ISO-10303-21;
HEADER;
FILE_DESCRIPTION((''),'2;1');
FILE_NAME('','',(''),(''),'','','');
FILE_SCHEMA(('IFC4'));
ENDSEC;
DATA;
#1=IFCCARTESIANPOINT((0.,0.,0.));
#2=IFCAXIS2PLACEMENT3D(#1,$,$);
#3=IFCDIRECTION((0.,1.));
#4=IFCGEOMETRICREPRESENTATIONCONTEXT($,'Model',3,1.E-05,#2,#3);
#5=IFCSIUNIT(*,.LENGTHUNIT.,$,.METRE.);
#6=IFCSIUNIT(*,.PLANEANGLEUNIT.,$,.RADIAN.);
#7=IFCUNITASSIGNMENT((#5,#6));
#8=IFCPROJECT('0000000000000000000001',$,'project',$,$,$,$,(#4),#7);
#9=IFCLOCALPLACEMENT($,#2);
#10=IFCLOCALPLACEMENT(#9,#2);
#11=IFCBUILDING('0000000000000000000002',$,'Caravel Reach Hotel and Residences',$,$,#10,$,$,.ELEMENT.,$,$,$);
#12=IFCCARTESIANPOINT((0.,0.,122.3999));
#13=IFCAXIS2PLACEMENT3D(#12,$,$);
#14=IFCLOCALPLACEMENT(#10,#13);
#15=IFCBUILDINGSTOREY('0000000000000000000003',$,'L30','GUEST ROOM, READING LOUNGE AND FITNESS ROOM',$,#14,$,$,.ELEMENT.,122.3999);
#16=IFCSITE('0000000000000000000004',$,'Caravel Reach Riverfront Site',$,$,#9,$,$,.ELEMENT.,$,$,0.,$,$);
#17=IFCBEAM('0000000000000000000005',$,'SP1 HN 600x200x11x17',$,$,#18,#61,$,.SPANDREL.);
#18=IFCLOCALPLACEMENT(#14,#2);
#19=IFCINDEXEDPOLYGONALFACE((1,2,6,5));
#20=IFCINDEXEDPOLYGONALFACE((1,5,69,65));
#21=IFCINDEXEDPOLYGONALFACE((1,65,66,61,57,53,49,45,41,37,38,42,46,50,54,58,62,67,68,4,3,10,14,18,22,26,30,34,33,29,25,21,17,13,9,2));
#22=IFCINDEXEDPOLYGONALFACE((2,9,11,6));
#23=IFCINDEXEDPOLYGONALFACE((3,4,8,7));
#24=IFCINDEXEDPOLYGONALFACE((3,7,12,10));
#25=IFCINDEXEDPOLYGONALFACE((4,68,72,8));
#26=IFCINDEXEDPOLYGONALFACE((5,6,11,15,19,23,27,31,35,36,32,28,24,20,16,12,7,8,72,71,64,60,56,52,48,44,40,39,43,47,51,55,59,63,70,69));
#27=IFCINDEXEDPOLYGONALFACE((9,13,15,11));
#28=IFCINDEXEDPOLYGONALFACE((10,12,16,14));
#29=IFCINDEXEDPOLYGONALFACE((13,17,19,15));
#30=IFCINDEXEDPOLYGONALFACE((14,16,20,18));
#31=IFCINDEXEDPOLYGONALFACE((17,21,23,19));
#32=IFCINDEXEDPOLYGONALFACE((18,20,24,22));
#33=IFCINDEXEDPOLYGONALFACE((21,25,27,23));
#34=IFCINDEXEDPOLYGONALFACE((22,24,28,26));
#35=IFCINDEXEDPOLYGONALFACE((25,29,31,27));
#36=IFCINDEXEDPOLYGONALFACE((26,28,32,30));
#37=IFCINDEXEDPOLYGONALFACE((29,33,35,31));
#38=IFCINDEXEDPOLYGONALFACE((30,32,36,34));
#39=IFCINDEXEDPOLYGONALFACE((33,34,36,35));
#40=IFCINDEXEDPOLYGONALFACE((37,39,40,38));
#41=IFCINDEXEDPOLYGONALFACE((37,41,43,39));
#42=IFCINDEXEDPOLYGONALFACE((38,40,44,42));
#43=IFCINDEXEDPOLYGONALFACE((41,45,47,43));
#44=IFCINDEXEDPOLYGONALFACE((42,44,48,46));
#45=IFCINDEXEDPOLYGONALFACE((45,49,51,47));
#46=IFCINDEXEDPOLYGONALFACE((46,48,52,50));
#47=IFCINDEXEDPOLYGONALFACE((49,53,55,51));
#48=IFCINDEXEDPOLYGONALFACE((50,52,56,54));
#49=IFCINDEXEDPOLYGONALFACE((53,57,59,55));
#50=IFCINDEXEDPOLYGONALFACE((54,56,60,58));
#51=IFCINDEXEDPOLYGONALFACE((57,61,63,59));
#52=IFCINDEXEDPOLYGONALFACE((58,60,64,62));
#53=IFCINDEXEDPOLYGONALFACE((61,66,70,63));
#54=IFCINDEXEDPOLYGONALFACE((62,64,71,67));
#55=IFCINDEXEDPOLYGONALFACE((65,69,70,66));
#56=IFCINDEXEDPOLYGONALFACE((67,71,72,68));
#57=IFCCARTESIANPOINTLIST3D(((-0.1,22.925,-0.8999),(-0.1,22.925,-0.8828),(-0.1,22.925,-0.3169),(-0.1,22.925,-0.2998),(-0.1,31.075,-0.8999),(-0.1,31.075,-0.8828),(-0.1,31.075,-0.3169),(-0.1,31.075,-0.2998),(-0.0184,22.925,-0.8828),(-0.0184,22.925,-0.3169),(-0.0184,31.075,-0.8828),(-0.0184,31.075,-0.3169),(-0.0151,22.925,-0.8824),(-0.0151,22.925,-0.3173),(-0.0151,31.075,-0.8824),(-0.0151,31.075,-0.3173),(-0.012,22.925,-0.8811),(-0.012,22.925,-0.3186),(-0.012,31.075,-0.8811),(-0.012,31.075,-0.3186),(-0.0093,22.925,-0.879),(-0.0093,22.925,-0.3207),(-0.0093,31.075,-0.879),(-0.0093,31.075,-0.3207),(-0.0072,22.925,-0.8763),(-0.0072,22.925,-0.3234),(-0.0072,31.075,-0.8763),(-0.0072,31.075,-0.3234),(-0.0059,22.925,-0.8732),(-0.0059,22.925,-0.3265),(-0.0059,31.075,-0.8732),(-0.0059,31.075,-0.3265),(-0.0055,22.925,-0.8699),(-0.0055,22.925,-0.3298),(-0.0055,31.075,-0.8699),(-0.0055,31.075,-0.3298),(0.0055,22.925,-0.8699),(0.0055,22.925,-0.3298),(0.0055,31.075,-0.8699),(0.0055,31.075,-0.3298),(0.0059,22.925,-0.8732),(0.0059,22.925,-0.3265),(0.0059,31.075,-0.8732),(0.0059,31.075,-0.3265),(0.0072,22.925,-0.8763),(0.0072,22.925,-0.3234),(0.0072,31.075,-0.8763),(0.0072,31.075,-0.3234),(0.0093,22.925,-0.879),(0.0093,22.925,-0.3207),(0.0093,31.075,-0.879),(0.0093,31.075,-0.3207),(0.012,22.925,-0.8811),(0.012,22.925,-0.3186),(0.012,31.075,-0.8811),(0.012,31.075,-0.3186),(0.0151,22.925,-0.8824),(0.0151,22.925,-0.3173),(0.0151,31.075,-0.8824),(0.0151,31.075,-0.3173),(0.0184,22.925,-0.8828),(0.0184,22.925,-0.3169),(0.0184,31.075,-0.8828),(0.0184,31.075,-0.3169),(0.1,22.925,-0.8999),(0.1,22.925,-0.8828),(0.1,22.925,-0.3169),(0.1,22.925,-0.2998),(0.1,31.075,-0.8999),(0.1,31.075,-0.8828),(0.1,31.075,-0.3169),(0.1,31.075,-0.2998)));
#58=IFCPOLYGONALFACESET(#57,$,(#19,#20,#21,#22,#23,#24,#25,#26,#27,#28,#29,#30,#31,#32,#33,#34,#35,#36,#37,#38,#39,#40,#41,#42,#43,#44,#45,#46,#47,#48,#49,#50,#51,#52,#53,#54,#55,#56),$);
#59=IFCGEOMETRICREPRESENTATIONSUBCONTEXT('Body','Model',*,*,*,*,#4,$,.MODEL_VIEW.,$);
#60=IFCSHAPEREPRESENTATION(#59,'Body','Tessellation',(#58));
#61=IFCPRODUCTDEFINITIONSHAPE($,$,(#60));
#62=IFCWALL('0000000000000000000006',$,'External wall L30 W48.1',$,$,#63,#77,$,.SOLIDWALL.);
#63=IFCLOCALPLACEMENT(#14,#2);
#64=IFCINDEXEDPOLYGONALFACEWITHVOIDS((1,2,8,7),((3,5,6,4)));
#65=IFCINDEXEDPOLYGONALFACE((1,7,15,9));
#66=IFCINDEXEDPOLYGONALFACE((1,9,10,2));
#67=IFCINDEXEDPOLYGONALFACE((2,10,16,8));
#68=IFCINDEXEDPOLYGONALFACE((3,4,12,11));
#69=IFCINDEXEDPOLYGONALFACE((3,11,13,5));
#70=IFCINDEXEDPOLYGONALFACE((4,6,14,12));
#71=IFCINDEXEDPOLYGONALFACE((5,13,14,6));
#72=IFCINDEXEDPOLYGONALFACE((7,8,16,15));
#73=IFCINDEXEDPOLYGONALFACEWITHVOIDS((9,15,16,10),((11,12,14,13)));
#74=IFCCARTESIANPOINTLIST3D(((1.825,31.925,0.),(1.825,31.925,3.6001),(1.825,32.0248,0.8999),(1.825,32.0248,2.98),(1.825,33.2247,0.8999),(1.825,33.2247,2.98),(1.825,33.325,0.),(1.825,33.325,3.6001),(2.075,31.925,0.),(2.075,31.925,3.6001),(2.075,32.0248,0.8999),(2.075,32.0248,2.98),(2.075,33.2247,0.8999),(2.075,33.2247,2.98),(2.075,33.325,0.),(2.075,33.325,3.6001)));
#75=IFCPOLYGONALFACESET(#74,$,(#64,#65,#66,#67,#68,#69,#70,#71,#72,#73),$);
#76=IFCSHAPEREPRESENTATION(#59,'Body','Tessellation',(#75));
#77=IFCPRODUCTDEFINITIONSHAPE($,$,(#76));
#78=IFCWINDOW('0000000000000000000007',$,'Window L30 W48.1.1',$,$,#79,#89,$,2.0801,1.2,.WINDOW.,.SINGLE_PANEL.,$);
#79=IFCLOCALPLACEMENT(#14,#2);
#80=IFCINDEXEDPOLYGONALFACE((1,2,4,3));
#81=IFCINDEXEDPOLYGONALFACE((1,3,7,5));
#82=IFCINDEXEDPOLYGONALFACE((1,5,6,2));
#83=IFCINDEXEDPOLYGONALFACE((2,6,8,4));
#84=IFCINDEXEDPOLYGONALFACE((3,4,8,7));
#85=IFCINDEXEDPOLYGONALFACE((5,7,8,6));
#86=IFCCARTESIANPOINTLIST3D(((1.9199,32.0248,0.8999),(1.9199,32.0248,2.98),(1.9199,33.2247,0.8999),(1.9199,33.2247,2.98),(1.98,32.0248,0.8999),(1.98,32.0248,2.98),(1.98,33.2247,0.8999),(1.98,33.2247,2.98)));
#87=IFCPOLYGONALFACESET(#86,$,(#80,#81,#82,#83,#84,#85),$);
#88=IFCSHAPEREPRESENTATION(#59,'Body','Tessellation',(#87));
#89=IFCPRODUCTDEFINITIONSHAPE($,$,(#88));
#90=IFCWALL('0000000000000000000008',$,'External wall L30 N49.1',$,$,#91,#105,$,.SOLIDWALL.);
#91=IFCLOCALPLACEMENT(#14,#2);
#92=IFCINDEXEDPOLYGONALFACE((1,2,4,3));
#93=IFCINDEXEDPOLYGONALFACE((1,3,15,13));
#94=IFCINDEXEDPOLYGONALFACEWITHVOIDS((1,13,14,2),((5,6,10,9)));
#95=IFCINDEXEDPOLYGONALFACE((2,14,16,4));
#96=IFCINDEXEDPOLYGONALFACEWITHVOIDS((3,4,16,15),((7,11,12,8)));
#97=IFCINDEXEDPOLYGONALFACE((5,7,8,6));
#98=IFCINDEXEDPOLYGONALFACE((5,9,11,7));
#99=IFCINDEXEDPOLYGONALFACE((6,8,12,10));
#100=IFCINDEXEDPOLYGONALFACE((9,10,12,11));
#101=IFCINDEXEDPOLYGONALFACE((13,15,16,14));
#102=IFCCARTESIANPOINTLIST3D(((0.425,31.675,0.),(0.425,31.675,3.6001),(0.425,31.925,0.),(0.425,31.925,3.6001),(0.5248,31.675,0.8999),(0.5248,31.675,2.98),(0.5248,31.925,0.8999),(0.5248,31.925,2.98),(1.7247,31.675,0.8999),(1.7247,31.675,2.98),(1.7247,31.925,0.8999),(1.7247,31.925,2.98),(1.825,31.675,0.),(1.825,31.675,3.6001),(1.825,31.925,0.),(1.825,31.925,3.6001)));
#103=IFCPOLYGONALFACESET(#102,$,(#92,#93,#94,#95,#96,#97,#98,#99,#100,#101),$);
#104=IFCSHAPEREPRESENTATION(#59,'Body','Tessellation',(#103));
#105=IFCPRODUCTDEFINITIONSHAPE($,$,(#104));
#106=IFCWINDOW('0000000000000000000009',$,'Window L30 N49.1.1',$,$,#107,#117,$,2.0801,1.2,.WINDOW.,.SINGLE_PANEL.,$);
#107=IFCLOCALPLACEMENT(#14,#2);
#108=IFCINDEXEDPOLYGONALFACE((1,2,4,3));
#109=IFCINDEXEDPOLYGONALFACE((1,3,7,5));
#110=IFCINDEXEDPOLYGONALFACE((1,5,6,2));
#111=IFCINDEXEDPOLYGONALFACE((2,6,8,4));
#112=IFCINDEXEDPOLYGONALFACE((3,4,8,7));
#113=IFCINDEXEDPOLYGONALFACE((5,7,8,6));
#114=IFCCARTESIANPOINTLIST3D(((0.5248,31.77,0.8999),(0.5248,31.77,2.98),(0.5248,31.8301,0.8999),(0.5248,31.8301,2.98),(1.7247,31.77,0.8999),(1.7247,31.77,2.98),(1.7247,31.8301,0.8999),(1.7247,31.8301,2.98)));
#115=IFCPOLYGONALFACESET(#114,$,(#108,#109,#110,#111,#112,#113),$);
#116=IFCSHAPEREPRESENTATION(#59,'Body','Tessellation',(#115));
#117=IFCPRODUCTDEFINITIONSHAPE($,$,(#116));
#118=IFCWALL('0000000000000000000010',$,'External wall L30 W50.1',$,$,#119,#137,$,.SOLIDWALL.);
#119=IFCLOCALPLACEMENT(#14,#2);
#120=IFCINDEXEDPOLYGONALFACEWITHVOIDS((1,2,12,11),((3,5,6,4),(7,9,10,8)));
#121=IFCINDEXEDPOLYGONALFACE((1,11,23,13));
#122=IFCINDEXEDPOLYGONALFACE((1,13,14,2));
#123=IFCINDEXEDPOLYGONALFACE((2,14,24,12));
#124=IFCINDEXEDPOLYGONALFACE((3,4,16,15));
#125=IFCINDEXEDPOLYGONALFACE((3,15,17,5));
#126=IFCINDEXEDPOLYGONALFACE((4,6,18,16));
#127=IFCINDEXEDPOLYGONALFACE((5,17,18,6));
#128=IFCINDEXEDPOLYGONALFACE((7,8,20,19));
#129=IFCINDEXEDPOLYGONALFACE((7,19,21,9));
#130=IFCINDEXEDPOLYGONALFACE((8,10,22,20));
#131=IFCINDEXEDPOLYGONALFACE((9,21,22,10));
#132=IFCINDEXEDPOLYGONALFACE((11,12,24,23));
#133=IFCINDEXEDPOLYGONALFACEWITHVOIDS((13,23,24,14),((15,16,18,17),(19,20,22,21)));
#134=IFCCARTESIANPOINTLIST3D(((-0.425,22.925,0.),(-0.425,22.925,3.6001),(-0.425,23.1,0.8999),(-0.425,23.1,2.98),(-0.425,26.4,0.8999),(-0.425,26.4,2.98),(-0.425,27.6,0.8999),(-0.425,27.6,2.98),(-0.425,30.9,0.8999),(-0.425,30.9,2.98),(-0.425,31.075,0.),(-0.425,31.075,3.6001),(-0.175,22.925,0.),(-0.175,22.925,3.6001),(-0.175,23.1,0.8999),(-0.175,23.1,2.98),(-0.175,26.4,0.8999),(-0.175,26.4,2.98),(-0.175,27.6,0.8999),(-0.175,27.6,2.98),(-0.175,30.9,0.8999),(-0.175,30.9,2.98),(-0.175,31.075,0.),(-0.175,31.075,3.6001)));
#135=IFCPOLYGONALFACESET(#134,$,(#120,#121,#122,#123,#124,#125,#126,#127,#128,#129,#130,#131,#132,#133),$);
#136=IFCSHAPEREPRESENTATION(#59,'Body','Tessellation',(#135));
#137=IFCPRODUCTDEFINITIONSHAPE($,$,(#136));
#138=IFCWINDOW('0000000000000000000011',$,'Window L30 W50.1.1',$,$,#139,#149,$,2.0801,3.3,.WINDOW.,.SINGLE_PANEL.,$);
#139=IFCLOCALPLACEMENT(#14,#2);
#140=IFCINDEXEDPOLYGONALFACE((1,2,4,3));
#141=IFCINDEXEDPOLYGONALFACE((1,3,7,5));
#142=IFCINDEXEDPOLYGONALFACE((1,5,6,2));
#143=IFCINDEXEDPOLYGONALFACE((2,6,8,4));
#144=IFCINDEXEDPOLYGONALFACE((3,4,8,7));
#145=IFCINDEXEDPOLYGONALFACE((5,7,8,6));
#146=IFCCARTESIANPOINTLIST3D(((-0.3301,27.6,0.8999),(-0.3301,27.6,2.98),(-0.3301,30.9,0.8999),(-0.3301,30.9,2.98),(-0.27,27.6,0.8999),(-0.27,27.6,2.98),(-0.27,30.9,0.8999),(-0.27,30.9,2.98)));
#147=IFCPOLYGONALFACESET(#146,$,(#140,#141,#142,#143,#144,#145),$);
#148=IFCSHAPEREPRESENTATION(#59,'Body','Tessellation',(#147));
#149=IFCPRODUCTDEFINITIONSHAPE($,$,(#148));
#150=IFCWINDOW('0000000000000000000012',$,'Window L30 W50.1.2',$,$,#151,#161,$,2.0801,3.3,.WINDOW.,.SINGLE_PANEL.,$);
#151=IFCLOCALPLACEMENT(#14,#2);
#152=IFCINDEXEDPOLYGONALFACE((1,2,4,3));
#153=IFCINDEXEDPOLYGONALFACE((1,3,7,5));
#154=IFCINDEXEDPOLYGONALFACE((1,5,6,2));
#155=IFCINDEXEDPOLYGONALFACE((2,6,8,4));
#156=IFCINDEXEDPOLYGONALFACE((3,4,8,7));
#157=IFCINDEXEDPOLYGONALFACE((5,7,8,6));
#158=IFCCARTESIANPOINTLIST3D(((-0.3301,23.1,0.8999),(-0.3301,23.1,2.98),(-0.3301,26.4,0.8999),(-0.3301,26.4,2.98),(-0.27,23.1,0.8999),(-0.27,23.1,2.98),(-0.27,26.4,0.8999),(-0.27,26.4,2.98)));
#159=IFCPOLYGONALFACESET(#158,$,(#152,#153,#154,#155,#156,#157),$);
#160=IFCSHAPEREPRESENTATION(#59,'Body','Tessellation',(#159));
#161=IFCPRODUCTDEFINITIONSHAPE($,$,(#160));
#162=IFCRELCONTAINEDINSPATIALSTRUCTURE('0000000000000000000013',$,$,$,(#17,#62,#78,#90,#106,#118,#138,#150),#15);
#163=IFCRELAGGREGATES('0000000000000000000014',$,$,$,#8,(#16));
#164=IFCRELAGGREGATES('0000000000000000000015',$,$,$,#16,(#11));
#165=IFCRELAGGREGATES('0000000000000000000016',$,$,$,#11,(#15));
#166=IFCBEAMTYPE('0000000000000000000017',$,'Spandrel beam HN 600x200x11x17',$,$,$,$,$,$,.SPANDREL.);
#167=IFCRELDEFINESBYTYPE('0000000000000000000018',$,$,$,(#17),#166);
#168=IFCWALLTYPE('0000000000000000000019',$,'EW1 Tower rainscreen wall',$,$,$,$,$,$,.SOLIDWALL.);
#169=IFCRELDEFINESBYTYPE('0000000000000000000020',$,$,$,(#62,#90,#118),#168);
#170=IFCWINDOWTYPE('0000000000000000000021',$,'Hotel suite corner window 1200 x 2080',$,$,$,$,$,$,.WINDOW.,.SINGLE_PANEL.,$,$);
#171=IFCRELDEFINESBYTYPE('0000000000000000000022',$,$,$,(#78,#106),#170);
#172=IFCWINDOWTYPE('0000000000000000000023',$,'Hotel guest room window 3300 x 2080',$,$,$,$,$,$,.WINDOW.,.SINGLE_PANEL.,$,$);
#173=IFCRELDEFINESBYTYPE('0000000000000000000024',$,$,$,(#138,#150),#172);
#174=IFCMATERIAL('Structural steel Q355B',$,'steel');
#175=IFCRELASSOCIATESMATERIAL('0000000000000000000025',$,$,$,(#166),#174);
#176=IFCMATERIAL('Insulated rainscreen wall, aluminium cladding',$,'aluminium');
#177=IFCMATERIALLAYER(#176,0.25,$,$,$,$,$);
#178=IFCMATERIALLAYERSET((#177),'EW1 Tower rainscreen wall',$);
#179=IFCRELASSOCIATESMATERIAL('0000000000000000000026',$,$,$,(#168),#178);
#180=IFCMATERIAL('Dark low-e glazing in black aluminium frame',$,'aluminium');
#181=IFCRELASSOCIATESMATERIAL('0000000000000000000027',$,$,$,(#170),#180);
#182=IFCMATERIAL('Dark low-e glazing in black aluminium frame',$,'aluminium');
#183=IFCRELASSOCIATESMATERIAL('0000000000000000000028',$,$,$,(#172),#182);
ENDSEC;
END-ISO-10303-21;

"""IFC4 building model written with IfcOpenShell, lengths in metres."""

from ifc_helpers import new_model, si_unit, direction, frame, frame_2d, origin, origin_2d, place, context, subcontext, project, spatial, rectangle, i_section, extrude, material, layer, layer_set, material_profile, profile_set, type_object, element, fill, save


model = new_model("IFC4")

# Units and contexts
model_context = context("Model", 3, precision=1e-05, world=origin(), true_north=direction((0.0, 1.0)))
body_context = subcontext(model_context, "Body", "Model", "MODEL_VIEW")
ifc_project = project(units=[si_unit("LENGTHUNIT", "METRE"), si_unit("PLANEANGLEUNIT", "RADIAN")], contexts=[model_context])

# Site, building, storey
site_placement = place(None, origin())
site = spatial("IfcSite", under=ifc_project, at=site_placement, Name="Caravel Reach Riverfront Site", CompositionType="ELEMENT", RefElevation=0.0)
building_placement = place(site_placement, origin())
building = spatial("IfcBuilding", under=site, at=building_placement, Name="Caravel Reach Hotel and Residences", CompositionType="ELEMENT")
storey_placement = place(building_placement, frame((0.0, 0.0, 122.3999)))
storey = spatial("IfcBuildingStorey", under=building, at=storey_placement, Name="L30", Description="GUEST ROOM, READING LOUNGE AND FITNESS ROOM", CompositionType="ELEMENT", Elevation=122.3999)

# Beam
ifc_material_1 = material(Name="Structural steel Q355B", Category="steel")
ifc_material_profile_1 = material_profile(ifc_material_1, i_section(OverallWidth=0.2, OverallDepth=0.6001, WebThickness=0.011, FlangeThickness=0.0171, FilletRadius=0.0129, at=origin_2d()), Name="HN 600x200x11x17")
ifc_profile_set_1 = profile_set([ifc_material_profile_1], Name="Structural steel Q355B")
beam_type = type_object("IfcBeamType", Name="Spandrel beam HN 600x200x11x17", PredefinedType="SPANDREL", material=ifc_profile_set_1)
beam_placement = place(storey_placement, frame((0.0, 31.075, -0.5999), z_axis=(0.0, -1.0, 0.0), x_axis=(1.0, 0.0, 0.0)))
element("IfcBeam", 1, at=beam_placement, inside=storey, type_object=beam_type, Name="SP1 HN 600x200x11x17", PredefinedType="SPANDREL", context=body_context, shape_type="SweptSolid", body=[
    extrude(i_section(OverallWidth=0.2, OverallDepth=0.6001, WebThickness=0.011, FlangeThickness=0.0171, FilletRadius=0.0129, at=origin_2d()), origin(), (0.0, 0.0, 1.0), 8.1499),
])

# Walls, openings, windows
ifc_material_2 = material(Name="Insulated rainscreen wall, aluminium cladding", Category="aluminium")
ifc_layer = layer(ifc_material_2, 0.25)
ifc_layer_set = layer_set([ifc_layer], Name="EW1 Tower rainscreen wall")
wall_type = type_object("IfcWallType", Name="EW1 Tower rainscreen wall", PredefinedType="SOLIDWALL", material=ifc_layer_set)
wall_1_placement = place(storey_placement, frame((1.95, 33.325, 0.0), z_axis=(0.0, 0.0, 1.0), x_axis=(0.0, -1.0, 0.0)))
wall_1 = element("IfcWall", 2, at=wall_1_placement, inside=storey, type_object=wall_type, Name="External wall L30 W48.1", PredefinedType="SOLIDWALL", context=body_context, shape_type="SweptSolid", body=[
    extrude(rectangle(XDim=1.3999, YDim=0.25, at=frame_2d((0.7, 0.0))), origin(), (0.0, 0.0, 1.0), 3.6001),
])
opening_1_placement = place(wall_1_placement, frame((0.1001, 0.0, 0.8999)))
opening_1 = element("IfcOpeningElement", 3, at=opening_1_placement, cuts=wall_1, PredefinedType="OPENING", context=body_context, shape_type="SweptSolid", body=[
    extrude(rectangle(XDim=1.2, YDim=2.0801, at=frame_2d((0.6001, 1.04))), frame((0.0, 0.135, 0.0), z_axis=(0.0, -1.0, 0.0), x_axis=(1.0, 0.0, 0.0)), (0.0, 0.0, 1.0), 0.27),
])
ifc_material_3 = material(Name="Dark low-e glazing in black aluminium frame", Category="aluminium")
window_type_1 = type_object("IfcWindowType", Name="Hotel suite corner window 1200 x 2080", PartitioningType="SINGLE_PANEL", PredefinedType="WINDOW", material=ifc_material_3)
window_1_placement = place(opening_1_placement, origin())
window_1 = element("IfcWindow", 4, at=window_1_placement, inside=storey, type_object=window_type_1, Name="Window L30 W48.1.1", OverallHeight=2.0801, OverallWidth=1.2, PartitioningType="SINGLE_PANEL", PredefinedType="WINDOW", context=body_context, shape_type="SweptSolid", body=[
    extrude(rectangle(XDim=1.2, YDim=2.0801, at=frame_2d((0.6001, 1.04))), frame((0.0, 0.03, 0.0), z_axis=(0.0, -1.0, 0.0), x_axis=(1.0, 0.0, 0.0)), (0.0, 0.0, 1.0), 0.0601),
])
fill(opening_1, window_1)
wall_2_placement = place(storey_placement, frame((1.825, 31.8, 0.0), z_axis=(0.0, 0.0, 1.0), x_axis=(-1.0, 0.0, 0.0)))
wall_2 = element("IfcWall", 5, at=wall_2_placement, inside=storey, type_object=wall_type, Name="External wall L30 N49.1", PredefinedType="SOLIDWALL", context=body_context, shape_type="SweptSolid", body=[
    extrude(rectangle(XDim=1.3999, YDim=0.25, at=frame_2d((0.7, 0.0))), origin(), (0.0, 0.0, 1.0), 3.6001),
])
opening_2_placement = place(wall_2_placement, frame((0.1001, 0.0, 0.8999)))
opening_2 = element("IfcOpeningElement", 6, at=opening_2_placement, cuts=wall_2, PredefinedType="OPENING", context=body_context, shape_type="SweptSolid", body=[
    extrude(rectangle(XDim=1.2, YDim=2.0801, at=frame_2d((0.6001, 1.04))), frame((0.0, 0.135, 0.0), z_axis=(0.0, -1.0, 0.0), x_axis=(1.0, 0.0, 0.0)), (0.0, 0.0, 1.0), 0.27),
])
window_2_placement = place(opening_2_placement, origin())
window_2 = element("IfcWindow", 7, at=window_2_placement, inside=storey, type_object=window_type_1, Name="Window L30 N49.1.1", OverallHeight=2.0801, OverallWidth=1.2, PartitioningType="SINGLE_PANEL", PredefinedType="WINDOW", context=body_context, shape_type="SweptSolid", body=[
    extrude(rectangle(XDim=1.2, YDim=2.0801, at=frame_2d((0.6001, 1.04))), frame((0.0, 0.03, 0.0), z_axis=(0.0, -1.0, 0.0), x_axis=(1.0, 0.0, 0.0)), (0.0, 0.0, 1.0), 0.0601),
])
fill(opening_2, window_2)

# Wall, openings, windows
wall_3_placement = place(storey_placement, frame((-0.3, 31.075, 0.0), z_axis=(0.0, 0.0, 1.0), x_axis=(0.0, -1.0, 0.0)))
wall_3 = element("IfcWall", 8, at=wall_3_placement, inside=storey, type_object=wall_type, Name="External wall L30 W50.1", PredefinedType="SOLIDWALL", context=body_context, shape_type="SweptSolid", body=[
    extrude(rectangle(XDim=8.1499, YDim=0.25, at=frame_2d((4.075, 0.0))), origin(), (0.0, 0.0, 1.0), 3.6001),
])
opening_3_placement = place(wall_3_placement, frame((0.175, 0.0, 0.8999)))
opening_3 = element("IfcOpeningElement", 9, at=opening_3_placement, cuts=wall_3, PredefinedType="OPENING", context=body_context, shape_type="SweptSolid", body=[
    extrude(rectangle(XDim=3.3, YDim=2.0801, at=frame_2d((1.6499, 1.04))), frame((0.0, 0.135, 0.0), z_axis=(0.0, -1.0, 0.0), x_axis=(1.0, 0.0, 0.0)), (0.0, 0.0, 1.0), 0.27),
])
opening_4_placement = place(wall_3_placement, frame((4.675, 0.0, 0.8999)))
opening_4 = element("IfcOpeningElement", 10, at=opening_4_placement, cuts=wall_3, PredefinedType="OPENING", context=body_context, shape_type="SweptSolid", body=[
    extrude(rectangle(XDim=3.3, YDim=2.0801, at=frame_2d((1.6499, 1.04))), frame((0.0, 0.135, 0.0), z_axis=(0.0, -1.0, 0.0), x_axis=(1.0, 0.0, 0.0)), (0.0, 0.0, 1.0), 0.27),
])
ifc_material_4 = material(Name="Dark low-e glazing in black aluminium frame", Category="aluminium")
window_type_2 = type_object("IfcWindowType", Name="Hotel guest room window 3300 x 2080", PartitioningType="SINGLE_PANEL", PredefinedType="WINDOW", material=ifc_material_4)
window_3_placement = place(opening_3_placement, origin())
window_3 = element("IfcWindow", 11, at=window_3_placement, inside=storey, type_object=window_type_2, Name="Window L30 W50.1.1", OverallHeight=2.0801, OverallWidth=3.3, PartitioningType="SINGLE_PANEL", PredefinedType="WINDOW", context=body_context, shape_type="SweptSolid", body=[
    extrude(rectangle(XDim=3.3, YDim=2.0801, at=frame_2d((1.6499, 1.04))), frame((0.0, 0.03, 0.0), z_axis=(0.0, -1.0, 0.0), x_axis=(1.0, 0.0, 0.0)), (0.0, 0.0, 1.0), 0.0601),
])
fill(opening_3, window_3)
window_4_placement = place(opening_4_placement, origin())
window_4 = element("IfcWindow", 12, at=window_4_placement, inside=storey, type_object=window_type_2, Name="Window L30 W50.1.2", OverallHeight=2.0801, OverallWidth=3.3, PartitioningType="SINGLE_PANEL", PredefinedType="WINDOW", context=body_context, shape_type="SweptSolid", body=[
    extrude(rectangle(XDim=3.3, YDim=2.0801, at=frame_2d((1.6499, 1.04))), frame((0.0, 0.03, 0.0), z_axis=(0.0, -1.0, 0.0), x_axis=(1.0, 0.0, 0.0)), (0.0, 0.0, 1.0), 0.0601),
])
fill(opening_4, window_4)

save(model, "model.ifc")
